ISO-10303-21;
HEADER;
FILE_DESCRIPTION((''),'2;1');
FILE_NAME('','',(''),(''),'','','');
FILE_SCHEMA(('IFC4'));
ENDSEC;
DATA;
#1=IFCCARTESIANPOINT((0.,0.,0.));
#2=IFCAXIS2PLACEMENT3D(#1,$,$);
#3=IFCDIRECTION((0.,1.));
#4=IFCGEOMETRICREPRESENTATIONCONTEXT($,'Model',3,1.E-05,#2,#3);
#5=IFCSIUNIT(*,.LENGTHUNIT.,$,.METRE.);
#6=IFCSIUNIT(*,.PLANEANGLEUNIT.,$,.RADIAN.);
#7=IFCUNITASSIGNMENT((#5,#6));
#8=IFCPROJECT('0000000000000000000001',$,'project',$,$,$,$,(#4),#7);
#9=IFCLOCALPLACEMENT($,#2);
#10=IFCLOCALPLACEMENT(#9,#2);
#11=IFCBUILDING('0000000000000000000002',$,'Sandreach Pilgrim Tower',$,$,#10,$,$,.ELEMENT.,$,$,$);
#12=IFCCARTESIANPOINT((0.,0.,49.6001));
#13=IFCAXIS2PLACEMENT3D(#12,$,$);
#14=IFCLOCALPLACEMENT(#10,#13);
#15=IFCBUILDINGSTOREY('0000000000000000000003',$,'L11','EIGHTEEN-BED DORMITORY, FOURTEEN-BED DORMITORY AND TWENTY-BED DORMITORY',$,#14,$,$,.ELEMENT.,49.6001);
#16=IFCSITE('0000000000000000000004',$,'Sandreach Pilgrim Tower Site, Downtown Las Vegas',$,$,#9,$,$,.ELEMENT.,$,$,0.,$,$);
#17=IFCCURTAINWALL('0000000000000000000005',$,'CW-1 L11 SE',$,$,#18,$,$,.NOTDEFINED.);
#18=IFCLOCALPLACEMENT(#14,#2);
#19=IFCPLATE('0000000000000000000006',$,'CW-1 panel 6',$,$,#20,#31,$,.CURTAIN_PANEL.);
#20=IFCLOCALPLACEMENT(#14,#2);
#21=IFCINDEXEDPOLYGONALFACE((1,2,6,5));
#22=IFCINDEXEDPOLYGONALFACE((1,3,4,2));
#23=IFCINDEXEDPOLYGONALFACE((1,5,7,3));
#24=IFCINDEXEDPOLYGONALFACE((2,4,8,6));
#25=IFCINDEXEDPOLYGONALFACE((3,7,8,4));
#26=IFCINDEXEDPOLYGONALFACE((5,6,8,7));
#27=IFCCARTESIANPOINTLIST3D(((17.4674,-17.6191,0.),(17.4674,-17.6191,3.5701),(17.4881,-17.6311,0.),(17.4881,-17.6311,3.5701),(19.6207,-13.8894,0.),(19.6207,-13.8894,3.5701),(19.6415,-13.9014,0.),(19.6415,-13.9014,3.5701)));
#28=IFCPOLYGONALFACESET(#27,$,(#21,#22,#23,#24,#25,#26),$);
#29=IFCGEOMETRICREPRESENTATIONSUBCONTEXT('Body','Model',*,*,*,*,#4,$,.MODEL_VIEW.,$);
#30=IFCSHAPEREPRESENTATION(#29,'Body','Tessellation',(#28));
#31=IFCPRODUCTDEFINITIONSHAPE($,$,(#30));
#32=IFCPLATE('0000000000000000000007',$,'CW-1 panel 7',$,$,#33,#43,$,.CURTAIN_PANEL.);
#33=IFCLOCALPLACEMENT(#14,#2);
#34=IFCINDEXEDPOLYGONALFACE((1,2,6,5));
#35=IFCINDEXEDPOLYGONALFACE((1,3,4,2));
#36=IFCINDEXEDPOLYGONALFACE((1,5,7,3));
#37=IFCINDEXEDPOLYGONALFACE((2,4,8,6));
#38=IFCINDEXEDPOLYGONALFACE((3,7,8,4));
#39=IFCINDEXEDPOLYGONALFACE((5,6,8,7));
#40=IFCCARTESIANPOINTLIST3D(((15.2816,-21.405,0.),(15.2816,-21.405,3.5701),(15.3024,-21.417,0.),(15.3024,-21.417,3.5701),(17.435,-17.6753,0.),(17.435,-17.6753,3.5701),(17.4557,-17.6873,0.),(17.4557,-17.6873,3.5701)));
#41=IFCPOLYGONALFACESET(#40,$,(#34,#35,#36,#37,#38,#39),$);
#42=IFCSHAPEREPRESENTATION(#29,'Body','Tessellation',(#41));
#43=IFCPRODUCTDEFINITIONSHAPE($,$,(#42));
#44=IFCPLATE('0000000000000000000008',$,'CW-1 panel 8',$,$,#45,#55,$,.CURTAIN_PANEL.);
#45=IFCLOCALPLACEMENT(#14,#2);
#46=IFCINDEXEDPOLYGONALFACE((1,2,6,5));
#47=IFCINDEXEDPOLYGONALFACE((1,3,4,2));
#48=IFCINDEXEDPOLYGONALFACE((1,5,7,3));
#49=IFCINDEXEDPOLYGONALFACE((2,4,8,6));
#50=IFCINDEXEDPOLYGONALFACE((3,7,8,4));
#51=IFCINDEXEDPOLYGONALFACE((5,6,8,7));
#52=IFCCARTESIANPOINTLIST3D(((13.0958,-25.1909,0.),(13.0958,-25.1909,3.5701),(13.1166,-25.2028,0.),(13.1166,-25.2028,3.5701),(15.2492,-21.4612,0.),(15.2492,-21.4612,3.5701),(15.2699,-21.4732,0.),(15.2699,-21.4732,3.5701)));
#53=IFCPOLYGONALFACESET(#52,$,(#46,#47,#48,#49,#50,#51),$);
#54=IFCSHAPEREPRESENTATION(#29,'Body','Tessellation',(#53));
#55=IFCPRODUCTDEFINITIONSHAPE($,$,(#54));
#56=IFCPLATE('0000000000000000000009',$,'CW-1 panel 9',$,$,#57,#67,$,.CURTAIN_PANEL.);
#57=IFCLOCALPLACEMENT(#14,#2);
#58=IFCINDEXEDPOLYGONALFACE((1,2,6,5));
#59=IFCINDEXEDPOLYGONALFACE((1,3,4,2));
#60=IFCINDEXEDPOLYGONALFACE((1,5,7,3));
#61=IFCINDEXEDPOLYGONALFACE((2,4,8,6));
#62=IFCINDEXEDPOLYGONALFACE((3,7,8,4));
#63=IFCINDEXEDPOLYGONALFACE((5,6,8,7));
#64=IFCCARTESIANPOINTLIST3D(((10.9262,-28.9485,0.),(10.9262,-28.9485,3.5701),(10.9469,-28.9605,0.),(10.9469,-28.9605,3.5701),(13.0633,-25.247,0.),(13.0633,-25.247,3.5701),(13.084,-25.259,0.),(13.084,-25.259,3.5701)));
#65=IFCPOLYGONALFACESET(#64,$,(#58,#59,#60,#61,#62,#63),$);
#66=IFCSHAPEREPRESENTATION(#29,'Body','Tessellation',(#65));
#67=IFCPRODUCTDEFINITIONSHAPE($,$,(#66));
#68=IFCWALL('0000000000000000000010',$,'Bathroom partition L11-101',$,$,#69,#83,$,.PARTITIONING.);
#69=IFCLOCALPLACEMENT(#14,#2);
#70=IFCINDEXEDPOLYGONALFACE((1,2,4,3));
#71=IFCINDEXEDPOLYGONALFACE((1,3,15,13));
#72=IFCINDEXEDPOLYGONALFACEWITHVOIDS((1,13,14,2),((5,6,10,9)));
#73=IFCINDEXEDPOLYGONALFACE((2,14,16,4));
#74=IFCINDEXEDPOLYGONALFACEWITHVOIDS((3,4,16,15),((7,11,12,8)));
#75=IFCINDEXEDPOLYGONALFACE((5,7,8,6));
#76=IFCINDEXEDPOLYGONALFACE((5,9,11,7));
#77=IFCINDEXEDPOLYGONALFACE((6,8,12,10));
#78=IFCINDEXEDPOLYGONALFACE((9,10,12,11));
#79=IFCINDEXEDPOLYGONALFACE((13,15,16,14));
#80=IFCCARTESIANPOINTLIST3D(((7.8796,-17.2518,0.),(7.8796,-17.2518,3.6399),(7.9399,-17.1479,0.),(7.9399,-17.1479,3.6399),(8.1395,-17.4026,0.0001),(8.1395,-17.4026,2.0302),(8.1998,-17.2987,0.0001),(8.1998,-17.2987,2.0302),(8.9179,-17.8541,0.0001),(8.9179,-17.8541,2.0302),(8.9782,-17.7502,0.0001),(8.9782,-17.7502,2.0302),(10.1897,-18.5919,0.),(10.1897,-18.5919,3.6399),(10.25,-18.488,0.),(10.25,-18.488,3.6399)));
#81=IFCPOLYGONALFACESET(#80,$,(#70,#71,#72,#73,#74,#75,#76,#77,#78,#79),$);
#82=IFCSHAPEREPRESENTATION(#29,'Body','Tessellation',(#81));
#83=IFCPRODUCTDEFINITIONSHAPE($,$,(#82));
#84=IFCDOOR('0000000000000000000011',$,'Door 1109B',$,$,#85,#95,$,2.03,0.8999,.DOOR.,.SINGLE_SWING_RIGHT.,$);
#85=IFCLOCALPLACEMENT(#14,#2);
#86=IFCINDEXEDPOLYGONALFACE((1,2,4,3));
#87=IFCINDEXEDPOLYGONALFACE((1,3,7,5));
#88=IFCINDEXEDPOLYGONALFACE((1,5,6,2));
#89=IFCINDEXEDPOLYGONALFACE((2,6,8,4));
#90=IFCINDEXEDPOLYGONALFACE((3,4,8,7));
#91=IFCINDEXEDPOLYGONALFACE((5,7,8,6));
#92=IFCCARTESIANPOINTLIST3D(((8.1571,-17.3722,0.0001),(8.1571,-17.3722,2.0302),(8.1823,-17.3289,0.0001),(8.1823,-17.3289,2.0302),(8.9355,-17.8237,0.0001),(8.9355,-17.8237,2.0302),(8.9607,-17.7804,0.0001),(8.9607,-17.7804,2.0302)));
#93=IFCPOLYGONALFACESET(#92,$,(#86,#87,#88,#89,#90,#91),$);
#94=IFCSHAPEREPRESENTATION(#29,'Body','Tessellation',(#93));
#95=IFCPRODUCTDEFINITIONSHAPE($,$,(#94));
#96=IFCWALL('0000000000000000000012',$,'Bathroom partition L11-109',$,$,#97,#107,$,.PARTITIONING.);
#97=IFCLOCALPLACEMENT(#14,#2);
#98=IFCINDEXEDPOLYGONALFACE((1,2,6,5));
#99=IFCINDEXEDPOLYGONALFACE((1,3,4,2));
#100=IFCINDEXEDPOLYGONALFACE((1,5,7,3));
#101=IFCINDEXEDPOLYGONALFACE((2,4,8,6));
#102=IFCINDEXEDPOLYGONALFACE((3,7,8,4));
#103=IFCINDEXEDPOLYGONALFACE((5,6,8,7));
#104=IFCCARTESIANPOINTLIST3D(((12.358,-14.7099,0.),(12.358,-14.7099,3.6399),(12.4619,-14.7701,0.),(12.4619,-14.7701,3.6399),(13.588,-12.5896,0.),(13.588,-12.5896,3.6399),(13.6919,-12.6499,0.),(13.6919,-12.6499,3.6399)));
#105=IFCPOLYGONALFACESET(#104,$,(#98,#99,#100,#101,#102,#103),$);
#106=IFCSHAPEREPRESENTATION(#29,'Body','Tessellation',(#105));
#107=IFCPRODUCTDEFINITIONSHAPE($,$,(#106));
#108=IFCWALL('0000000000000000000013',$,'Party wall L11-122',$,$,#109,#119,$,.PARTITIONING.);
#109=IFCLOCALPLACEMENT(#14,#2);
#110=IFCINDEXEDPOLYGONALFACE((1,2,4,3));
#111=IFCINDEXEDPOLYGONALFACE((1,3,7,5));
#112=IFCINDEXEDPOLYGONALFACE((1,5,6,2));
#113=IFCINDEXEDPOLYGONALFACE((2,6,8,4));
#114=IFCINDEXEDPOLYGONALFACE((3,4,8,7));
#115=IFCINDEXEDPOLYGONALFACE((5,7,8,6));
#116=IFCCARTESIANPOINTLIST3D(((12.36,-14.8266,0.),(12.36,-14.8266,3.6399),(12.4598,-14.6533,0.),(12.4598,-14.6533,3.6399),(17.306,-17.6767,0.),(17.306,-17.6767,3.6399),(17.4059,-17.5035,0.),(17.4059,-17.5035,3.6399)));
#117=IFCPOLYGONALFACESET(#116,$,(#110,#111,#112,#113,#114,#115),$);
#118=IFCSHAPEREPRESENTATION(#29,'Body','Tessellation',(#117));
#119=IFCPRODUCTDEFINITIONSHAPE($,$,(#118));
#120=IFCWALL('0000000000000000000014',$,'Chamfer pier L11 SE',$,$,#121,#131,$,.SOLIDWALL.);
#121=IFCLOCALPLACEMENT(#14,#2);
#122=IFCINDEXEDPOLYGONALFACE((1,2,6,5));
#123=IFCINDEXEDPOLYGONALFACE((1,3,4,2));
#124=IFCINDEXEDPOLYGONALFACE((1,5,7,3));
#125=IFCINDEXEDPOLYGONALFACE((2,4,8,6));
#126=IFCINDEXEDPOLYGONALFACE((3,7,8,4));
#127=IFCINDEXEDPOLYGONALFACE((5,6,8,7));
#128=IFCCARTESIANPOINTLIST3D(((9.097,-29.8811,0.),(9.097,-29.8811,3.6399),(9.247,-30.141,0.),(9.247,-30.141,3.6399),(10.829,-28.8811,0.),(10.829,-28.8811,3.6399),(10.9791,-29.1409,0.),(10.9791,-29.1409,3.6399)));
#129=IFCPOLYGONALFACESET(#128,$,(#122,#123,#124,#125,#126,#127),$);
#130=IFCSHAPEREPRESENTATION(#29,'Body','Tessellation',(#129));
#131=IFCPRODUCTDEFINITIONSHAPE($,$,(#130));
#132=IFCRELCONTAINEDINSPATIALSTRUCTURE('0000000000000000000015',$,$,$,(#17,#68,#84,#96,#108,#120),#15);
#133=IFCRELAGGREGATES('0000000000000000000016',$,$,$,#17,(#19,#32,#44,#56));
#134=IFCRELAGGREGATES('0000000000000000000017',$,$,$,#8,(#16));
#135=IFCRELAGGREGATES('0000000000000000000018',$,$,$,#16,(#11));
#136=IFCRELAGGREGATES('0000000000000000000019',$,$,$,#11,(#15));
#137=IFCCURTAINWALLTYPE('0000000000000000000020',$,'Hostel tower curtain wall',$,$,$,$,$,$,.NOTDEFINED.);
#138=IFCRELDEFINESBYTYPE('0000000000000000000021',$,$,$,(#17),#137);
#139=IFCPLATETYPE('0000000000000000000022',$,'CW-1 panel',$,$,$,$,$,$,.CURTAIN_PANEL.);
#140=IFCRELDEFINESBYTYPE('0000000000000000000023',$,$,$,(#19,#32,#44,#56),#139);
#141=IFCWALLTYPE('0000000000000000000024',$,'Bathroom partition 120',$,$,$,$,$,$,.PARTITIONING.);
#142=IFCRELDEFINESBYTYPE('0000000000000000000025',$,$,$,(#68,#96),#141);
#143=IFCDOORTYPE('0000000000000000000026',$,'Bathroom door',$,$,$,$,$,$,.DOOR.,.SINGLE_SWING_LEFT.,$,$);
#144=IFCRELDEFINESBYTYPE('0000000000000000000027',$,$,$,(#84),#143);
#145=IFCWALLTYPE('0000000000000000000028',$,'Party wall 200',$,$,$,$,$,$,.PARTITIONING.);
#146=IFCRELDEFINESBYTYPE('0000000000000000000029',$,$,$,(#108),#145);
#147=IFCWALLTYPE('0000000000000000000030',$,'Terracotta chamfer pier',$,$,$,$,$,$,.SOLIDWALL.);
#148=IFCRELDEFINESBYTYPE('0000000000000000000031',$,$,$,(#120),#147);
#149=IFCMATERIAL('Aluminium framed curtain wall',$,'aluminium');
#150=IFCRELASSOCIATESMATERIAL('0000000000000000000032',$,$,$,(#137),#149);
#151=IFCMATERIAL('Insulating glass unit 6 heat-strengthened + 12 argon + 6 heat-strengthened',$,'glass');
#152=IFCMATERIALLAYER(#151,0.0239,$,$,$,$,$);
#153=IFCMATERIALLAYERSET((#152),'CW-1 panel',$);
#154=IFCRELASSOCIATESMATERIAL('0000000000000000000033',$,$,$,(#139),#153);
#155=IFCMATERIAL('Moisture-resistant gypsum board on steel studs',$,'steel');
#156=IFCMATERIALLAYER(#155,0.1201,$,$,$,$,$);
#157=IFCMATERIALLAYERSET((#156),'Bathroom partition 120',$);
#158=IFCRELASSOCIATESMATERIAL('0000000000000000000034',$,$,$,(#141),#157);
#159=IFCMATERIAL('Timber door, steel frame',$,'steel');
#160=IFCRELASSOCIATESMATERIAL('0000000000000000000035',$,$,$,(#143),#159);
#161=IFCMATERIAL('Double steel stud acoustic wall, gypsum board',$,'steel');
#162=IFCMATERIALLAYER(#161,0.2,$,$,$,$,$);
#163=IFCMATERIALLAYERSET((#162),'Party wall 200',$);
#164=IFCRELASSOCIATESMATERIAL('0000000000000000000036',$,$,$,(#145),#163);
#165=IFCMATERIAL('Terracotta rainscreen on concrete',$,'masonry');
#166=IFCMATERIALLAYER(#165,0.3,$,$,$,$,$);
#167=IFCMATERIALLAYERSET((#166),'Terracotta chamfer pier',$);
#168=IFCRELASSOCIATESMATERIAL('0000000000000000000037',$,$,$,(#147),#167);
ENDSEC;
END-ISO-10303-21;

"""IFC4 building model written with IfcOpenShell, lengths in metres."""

from ifc_helpers import new_model, si_unit, direction, frame, frame_2d, origin, origin_2d, place, context, subcontext, project, spatial, rectangle, extrude, material, layer, layer_set, type_object, element, fill, aggregate, save


model = new_model("IFC4")

# Units and contexts
model_context = context("Model", 3, precision=1e-05, world=origin(), true_north=direction((0.0, 1.0)))
body_context = subcontext(model_context, "Body", "Model", "MODEL_VIEW")
ifc_project = project(units=[si_unit("LENGTHUNIT", "METRE"), si_unit("PLANEANGLEUNIT", "RADIAN")], contexts=[model_context])

# Site, building, storey
site_placement = place(None, origin())
site = spatial("IfcSite", under=ifc_project, at=site_placement, Name="Sandreach Pilgrim Tower Site, Downtown Las Vegas", CompositionType="ELEMENT", RefElevation=0.0)
building_placement = place(site_placement, origin())
building = spatial("IfcBuilding", under=site, at=building_placement, Name="Sandreach Pilgrim Tower", CompositionType="ELEMENT")
storey_placement = place(building_placement, frame((0.0, 0.0, 49.6001)))
storey = spatial("IfcBuildingStorey", under=building, at=storey_placement, Name="L11", Description="EIGHTEEN-BED DORMITORY, FOURTEEN-BED DORMITORY AND TWENTY-BED DORMITORY", CompositionType="ELEMENT", Elevation=49.6001)

# Curtain wall
ifc_material_1 = material(Name="Aluminium framed curtain wall", Category="aluminium")
curtain_wall_type = type_object("IfcCurtainWallType", Name="Hostel tower curtain wall", PredefinedType="NOTDEFINED", material=ifc_material_1)
curtain_wall_1_placement = place(storey_placement, origin())
curtain_wall_1 = element("IfcCurtainWall", 1, at=curtain_wall_1_placement, inside=storey, type_object=curtain_wall_type, Name="CW-1 L11 SE", PredefinedType="NOTDEFINED")

# Plates
ifc_material_2 = material(Name="Insulating glass unit 6 heat-strengthened + 12 argon + 6 heat-strengthened", Category="glass")
ifc_layer_1 = layer(ifc_material_2, 0.0239)
ifc_layer_set_1 = layer_set([ifc_layer_1], Name="CW-1 panel")
plate_type = type_object("IfcPlateType", Name="CW-1 panel", PredefinedType="CURTAIN_PANEL", material=ifc_layer_set_1)
plate_1_placement = place(storey_placement, frame((18.5544, -15.7603, 0.0), z_axis=(0.0, 0.0, 1.0), x_axis=(-0.5, -0.866025, 0.0)))
plate_1 = element("IfcPlate", 2, at=plate_1_placement, type_object=plate_type, Name="CW-1 panel 6", PredefinedType="CURTAIN_PANEL", context=body_context, shape_type="SweptSolid", body=[
    extrude(rectangle(XDim=4.3066, YDim=0.0239, at=origin_2d()), origin(), (0.0, 0.0, 1.0), 3.5701),
])
plate_2_placement = place(storey_placement, frame((16.3687, -19.5461, 0.0), z_axis=(0.0, 0.0, 1.0), x_axis=(-0.5, -0.866025, 0.0)))
plate_2 = element("IfcPlate", 3, at=plate_2_placement, type_object=plate_type, Name="CW-1 panel 7", PredefinedType="CURTAIN_PANEL", context=body_context, shape_type="SweptSolid", body=[
    extrude(rectangle(XDim=4.3066, YDim=0.0239, at=origin_2d()), origin(), (0.0, 0.0, 1.0), 3.5701),
])
plate_3_placement = place(storey_placement, frame((14.1829, -23.332, 0.0), z_axis=(0.0, 0.0, 1.0), x_axis=(-0.5, -0.866025, 0.0)))
plate_3 = element("IfcPlate", 4, at=plate_3_placement, type_object=plate_type, Name="CW-1 panel 8", PredefinedType="CURTAIN_PANEL", context=body_context, shape_type="SweptSolid", body=[
    extrude(rectangle(XDim=4.3066, YDim=0.0239, at=origin_2d()), origin(), (0.0, 0.0, 1.0), 3.5701),
])
plate_4_placement = place(storey_placement, frame((12.0051, -27.1038, 0.0), z_axis=(0.0, 0.0, 1.0), x_axis=(-0.5, -0.866025, 0.0)))
plate_4 = element("IfcPlate", 5, at=plate_4_placement, type_object=plate_type, Name="CW-1 panel 9", PredefinedType="CURTAIN_PANEL", context=body_context, shape_type="SweptSolid", body=[
    extrude(rectangle(XDim=4.2742, YDim=0.0239, at=origin_2d()), origin(), (0.0, 0.0, 1.0), 3.5701),
])
aggregate(curtain_wall_1, [plate_1, plate_2, plate_3, plate_4])

# Wall, opening, door
ifc_material_3 = material(Name="Moisture-resistant gypsum board on steel studs", Category="steel")
ifc_layer_2 = layer(ifc_material_3, 0.1201)
ifc_layer_set_2 = layer_set([ifc_layer_2], Name="Bathroom partition 120")
wall_type_1 = type_object("IfcWallType", Name="Bathroom partition 120", PredefinedType="PARTITIONING", material=ifc_layer_set_2)
wall_1_placement = place(storey_placement, frame((10.22, -18.54, 0.0), z_axis=(0.0, 0.0, 1.0), x_axis=(-0.86499, 0.501789, 0.0)))
wall_1 = element("IfcWall", 6, at=wall_1_placement, inside=storey, type_object=wall_type_1, Name="Bathroom partition L11-101", PredefinedType="PARTITIONING", context=body_context, shape_type="SweptSolid", body=[
    extrude(rectangle(XDim=2.6707, YDim=0.1201, at=frame_2d((1.3354, 0.0))), origin(), (0.0, 0.0, 1.0), 3.6399),
])
opening_placement = place(wall_1_placement, frame((1.4705, 0.0, 0.0)))
opening = element("IfcOpeningElement", 7, at=opening_placement, cuts=wall_1, PredefinedType="OPENING", context=body_context, shape_type="SweptSolid", body=[
    extrude(rectangle(XDim=0.8999, YDim=2.03, at=frame_2d((0.45, 1.0151))), frame((0.0, 0.0601, 0.0), z_axis=(0.0, -1.0, 0.0), x_axis=(1.0, 0.0, 0.0)), (0.0, 0.0, 1.0), 0.1201),
])
ifc_material_4 = material(Name="Timber door, steel frame", Category="steel")
door_type = type_object("IfcDoorType", Name="Bathroom door", OperationType="SINGLE_SWING_LEFT", PredefinedType="DOOR", material=ifc_material_4)
door_placement = place(opening_placement, origin())
door = element("IfcDoor", 8, at=door_placement, inside=storey, type_object=door_type, Name="Door 1109B", OperationType="SINGLE_SWING_RIGHT", OverallHeight=2.03, OverallWidth=0.8999, PredefinedType="DOOR", context=body_context, shape_type="SweptSolid", body=[
    extrude(rectangle(XDim=0.8999, YDim=2.03, at=frame_2d((0.45, 1.0151))), frame((0.0, 0.0249, 0.0), z_axis=(0.0, -1.0, 0.0), x_axis=(1.0, 0.0, 0.0)), (0.0, 0.0, 1.0), 0.05),
])
fill(opening, door)

# Walls
wall_2_placement = place(storey_placement, frame((12.4099, -14.74, 0.0), z_axis=(0.0, 0.0, 1.0), x_axis=(0.501813, 0.864976, 0.0)))
element("IfcWall", 9, at=wall_2_placement, inside=storey, type_object=wall_type_1, Name="Bathroom partition L11-109", PredefinedType="PARTITIONING", context=body_context, shape_type="SweptSolid", body=[
    extrude(rectangle(XDim=2.4512, YDim=0.1201, at=frame_2d((1.2256, 0.0))), origin(), (0.0, 0.0, 1.0), 3.6399),
])
ifc_material_5 = material(Name="Double steel stud acoustic wall, gypsum board", Category="steel")
ifc_layer_3 = layer(ifc_material_5, 0.2)
ifc_layer_set_3 = layer_set([ifc_layer_3], Name="Party wall 200")
wall_type_2 = type_object("IfcWallType", Name="Party wall 200", PredefinedType="PARTITIONING", material=ifc_layer_set_3)
wall_3_placement = place(storey_placement, frame((17.356, -17.5901, 0.0), z_axis=(0.0, 0.0, 1.0), x_axis=(-0.866443, 0.499277, 0.0)))
element("IfcWall", 10, at=wall_3_placement, inside=storey, type_object=wall_type_2, Name="Party wall L11-122", PredefinedType="PARTITIONING", context=body_context, shape_type="SweptSolid", body=[
    extrude(rectangle(XDim=5.7085, YDim=0.2, at=frame_2d((2.8542, 0.0))), origin(), (0.0, 0.0, 1.0), 3.6399),
])
ifc_material_6 = material(Name="Terracotta rainscreen on concrete", Category="masonry")
ifc_layer_4 = layer(ifc_material_6, 0.3)
ifc_layer_set_4 = layer_set([ifc_layer_4], Name="Terracotta chamfer pier")
wall_type_3 = type_object("IfcWallType", Name="Terracotta chamfer pier", PredefinedType="SOLIDWALL", material=ifc_layer_set_4)
wall_4_placement = place(storey_placement, frame((10.9041, -29.011, 0.0), z_axis=(0.0, 0.0, 1.0), x_axis=(-0.866011, -0.500025, 0.0)))
element("IfcWall", 11, at=wall_4_placement, inside=storey, type_object=wall_type_3, Name="Chamfer pier L11 SE", PredefinedType="SOLIDWALL", context=body_context, shape_type="SweptSolid", body=[
    extrude(rectangle(XDim=2.0, YDim=0.3, at=frame_2d((1.0, 0.0))), origin(), (0.0, 0.0, 1.0), 3.6399),
])

save(model, "model.ifc")
